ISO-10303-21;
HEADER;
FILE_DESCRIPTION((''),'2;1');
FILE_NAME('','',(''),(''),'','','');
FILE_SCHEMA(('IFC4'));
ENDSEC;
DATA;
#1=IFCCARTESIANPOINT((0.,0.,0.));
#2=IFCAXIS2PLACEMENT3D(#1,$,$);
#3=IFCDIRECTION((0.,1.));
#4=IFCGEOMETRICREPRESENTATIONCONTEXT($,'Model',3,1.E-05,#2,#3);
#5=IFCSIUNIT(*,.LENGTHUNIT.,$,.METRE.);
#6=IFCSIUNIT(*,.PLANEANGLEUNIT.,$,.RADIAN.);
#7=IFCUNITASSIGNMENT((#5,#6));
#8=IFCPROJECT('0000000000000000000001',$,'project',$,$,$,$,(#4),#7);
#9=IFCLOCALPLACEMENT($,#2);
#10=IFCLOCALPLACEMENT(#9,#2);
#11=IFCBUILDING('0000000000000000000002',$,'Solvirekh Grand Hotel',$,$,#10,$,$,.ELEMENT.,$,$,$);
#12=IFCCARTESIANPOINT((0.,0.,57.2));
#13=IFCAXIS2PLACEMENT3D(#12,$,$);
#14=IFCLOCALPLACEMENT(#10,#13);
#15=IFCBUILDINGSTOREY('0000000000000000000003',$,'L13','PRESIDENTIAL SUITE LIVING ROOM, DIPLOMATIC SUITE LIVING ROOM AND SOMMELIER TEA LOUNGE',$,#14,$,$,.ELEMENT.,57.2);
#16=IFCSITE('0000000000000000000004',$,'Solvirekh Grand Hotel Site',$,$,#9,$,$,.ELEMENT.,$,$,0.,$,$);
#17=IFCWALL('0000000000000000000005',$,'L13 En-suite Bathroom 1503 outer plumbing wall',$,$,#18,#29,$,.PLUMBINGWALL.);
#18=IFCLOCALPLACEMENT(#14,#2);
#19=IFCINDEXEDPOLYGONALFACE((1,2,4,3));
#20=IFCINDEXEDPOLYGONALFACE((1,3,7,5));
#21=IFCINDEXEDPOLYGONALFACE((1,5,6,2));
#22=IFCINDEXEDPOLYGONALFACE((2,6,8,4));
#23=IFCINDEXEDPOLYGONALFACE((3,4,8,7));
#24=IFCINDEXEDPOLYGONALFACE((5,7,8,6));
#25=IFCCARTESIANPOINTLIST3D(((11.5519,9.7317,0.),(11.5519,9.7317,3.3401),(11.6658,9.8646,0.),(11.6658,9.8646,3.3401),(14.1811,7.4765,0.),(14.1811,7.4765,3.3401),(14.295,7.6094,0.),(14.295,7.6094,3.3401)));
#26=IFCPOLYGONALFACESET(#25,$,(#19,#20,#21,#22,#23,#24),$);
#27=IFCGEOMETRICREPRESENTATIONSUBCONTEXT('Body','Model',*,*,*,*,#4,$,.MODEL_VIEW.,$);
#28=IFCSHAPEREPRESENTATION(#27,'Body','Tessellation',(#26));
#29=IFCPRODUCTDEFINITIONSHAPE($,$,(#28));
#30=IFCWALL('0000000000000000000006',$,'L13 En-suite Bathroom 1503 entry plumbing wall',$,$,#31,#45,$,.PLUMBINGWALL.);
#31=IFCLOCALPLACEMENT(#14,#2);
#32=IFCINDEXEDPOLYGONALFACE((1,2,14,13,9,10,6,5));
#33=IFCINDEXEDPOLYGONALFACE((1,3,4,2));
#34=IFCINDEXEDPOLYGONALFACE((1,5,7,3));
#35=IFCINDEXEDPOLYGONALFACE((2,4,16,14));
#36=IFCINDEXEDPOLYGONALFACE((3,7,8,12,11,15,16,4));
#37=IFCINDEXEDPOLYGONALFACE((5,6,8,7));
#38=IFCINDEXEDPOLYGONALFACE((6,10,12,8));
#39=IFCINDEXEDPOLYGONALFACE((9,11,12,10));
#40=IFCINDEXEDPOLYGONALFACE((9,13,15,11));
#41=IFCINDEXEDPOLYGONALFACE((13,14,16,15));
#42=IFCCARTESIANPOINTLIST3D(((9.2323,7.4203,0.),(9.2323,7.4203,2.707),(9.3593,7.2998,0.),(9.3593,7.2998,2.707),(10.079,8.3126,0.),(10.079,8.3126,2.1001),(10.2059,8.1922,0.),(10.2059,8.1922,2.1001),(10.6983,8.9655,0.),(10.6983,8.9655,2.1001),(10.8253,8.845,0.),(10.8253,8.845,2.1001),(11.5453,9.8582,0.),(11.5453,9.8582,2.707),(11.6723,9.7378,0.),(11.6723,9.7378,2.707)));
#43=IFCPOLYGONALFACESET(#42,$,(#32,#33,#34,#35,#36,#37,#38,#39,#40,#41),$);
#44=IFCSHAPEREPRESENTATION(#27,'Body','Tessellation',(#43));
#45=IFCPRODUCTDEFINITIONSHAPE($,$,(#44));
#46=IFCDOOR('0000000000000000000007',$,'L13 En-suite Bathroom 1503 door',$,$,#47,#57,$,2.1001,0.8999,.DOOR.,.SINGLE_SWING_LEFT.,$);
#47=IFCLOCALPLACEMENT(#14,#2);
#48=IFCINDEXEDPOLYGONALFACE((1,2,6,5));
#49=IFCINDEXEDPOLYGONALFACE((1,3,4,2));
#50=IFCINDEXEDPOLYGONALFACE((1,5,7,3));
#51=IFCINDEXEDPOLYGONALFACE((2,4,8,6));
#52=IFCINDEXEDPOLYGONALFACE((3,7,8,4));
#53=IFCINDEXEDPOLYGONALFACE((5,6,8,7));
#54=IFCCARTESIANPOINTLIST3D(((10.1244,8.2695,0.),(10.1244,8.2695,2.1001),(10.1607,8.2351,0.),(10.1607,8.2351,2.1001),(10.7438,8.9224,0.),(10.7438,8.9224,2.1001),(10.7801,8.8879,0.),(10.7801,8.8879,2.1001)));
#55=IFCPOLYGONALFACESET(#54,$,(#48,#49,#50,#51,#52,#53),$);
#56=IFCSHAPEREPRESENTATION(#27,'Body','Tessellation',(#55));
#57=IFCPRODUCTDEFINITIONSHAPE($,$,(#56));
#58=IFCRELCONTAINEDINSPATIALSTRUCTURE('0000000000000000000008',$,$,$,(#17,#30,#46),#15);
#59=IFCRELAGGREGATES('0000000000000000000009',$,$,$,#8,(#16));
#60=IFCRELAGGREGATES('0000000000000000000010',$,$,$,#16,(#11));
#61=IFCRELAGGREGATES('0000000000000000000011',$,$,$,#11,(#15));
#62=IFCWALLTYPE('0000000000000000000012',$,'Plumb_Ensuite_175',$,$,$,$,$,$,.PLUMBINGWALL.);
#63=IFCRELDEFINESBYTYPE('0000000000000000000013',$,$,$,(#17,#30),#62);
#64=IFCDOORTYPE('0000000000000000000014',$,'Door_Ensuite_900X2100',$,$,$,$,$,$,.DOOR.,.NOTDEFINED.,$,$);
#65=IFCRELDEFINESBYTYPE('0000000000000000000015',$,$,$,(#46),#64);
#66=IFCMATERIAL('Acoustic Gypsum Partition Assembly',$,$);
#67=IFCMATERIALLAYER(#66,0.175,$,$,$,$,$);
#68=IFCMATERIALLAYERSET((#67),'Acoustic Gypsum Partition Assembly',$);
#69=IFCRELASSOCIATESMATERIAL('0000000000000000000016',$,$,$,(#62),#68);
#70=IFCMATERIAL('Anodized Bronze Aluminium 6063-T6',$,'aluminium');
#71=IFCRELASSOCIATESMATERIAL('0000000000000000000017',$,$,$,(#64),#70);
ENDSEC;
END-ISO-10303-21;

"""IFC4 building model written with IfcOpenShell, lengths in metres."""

from ifc_helpers import new_model, si_unit, direction, frame, frame_2d, origin, place, context, subcontext, project, spatial, rectangle, extrude, material, layer, layer_set, type_object, element, fill, save


model = new_model("IFC4")

# Units and contexts
model_context = context("Model", 3, precision=1e-05, world=origin(), true_north=direction((0.0, 1.0)))
body_context = subcontext(model_context, "Body", "Model", "MODEL_VIEW")
ifc_project = project(units=[si_unit("LENGTHUNIT", "METRE"), si_unit("PLANEANGLEUNIT", "RADIAN")], contexts=[model_context])

# Site, building, storey
site_placement = place(None, origin())
site = spatial("IfcSite", under=ifc_project, at=site_placement, Name="Solvirekh Grand Hotel Site", CompositionType="ELEMENT", RefElevation=0.0)
building_placement = place(site_placement, origin())
building = spatial("IfcBuilding", under=site, at=building_placement, Name="Solvirekh Grand Hotel", CompositionType="ELEMENT")
storey_placement = place(building_placement, frame((0.0, 0.0, 57.2)))
storey = spatial("IfcBuildingStorey", under=building, at=storey_placement, Name="L13", Description="PRESIDENTIAL SUITE LIVING ROOM, DIPLOMATIC SUITE LIVING ROOM AND SOMMELIER TEA LOUNGE", CompositionType="ELEMENT", Elevation=57.2)

# Shared definitions
ifc_material_1 = material(Name="Anodized Bronze Aluminium 6063-T6", Category="aluminium")

# Shared definitions
ifc_material_2 = material(Name="Acoustic Gypsum Partition Assembly")

# Wall
ifc_layer_1 = layer(ifc_material_2, 0.175)
ifc_layer_set_1 = layer_set([ifc_layer_1], Name="Acoustic Gypsum Partition Assembly")
wall_type_1 = type_object("IfcWallType", Name="Plumb_Ensuite_175", PredefinedType="PLUMBINGWALL", material=ifc_layer_set_1)
wall_1_placement = place(storey_placement, frame((14.238, 7.543, 0.0), z_axis=(0.0, 0.0, 1.0), x_axis=(-0.759033, 0.651053, 0.0)))
element("IfcWall", 1, at=wall_1_placement, inside=storey, type_object=wall_type_1, Name="L13 En-suite Bathroom 1503 outer plumbing wall", PredefinedType="PLUMBINGWALL", context=body_context, shape_type="SweptSolid", body=[
    extrude(rectangle(XDim=3.4639, YDim=0.175, at=frame_2d((1.7319, 0.0))), origin(), (0.0, 0.0, 1.0), 3.3401),
])

# Wall, opening, door
wall_2_placement = place(storey_placement, frame((9.2959, 7.3601, 0.0), z_axis=(0.0, 0.0, 1.0), x_axis=(0.688264, 0.72546, 0.0)))
wall_2 = element("IfcWall", 2, at=wall_2_placement, inside=storey, type_object=wall_type_1, Name="L13 En-suite Bathroom 1503 entry plumbing wall", PredefinedType="PLUMBINGWALL", context=body_context, shape_type="SweptSolid", body=[
    extrude(rectangle(XDim=3.3606, YDim=0.175, at=frame_2d((1.6802, 0.0))), origin(), (0.0, 0.0, 1.0), 2.707),
])
opening_1_placement = place(wall_2_placement, frame((1.23, 0.0, 0.0)))
opening_1 = element("IfcOpeningElement", 3, at=opening_1_placement, cuts=wall_2, PredefinedType="OPENING", context=body_context, shape_type="SweptSolid", body=[
    extrude(rectangle(XDim=0.8999, YDim=2.1001, at=frame_2d((0.45, 1.05))), frame((0.0, 0.0977, 0.0), z_axis=(0.0, -1.0, 0.0), x_axis=(1.0, 0.0, 0.0)), (0.0, 0.0, 1.0), 0.1951),
])
door_type_1 = type_object("IfcDoorType", Name="Door_Ensuite_900X2100", OperationType="NOTDEFINED", PredefinedType="DOOR", material=ifc_material_1)
door_1_placement = place(opening_1_placement, origin())
door_1 = element("IfcDoor", 4, at=door_1_placement, inside=storey, type_object=door_type_1, Name="L13 En-suite Bathroom 1503 door", OperationType="SINGLE_SWING_LEFT", OverallHeight=2.1001, OverallWidth=0.8999, PredefinedType="DOOR", context=body_context, shape_type="SweptSolid", body=[
    extrude(rectangle(XDim=0.8999, YDim=2.1001, at=frame_2d((0.45, 1.05))), frame((0.0, 0.0249, 0.0), z_axis=(0.0, -1.0, 0.0), x_axis=(1.0, 0.0, 0.0)), (0.0, 0.0, 1.0), 0.05),
])
fill(opening_1, door_1)

save(model, "model.ifc")
